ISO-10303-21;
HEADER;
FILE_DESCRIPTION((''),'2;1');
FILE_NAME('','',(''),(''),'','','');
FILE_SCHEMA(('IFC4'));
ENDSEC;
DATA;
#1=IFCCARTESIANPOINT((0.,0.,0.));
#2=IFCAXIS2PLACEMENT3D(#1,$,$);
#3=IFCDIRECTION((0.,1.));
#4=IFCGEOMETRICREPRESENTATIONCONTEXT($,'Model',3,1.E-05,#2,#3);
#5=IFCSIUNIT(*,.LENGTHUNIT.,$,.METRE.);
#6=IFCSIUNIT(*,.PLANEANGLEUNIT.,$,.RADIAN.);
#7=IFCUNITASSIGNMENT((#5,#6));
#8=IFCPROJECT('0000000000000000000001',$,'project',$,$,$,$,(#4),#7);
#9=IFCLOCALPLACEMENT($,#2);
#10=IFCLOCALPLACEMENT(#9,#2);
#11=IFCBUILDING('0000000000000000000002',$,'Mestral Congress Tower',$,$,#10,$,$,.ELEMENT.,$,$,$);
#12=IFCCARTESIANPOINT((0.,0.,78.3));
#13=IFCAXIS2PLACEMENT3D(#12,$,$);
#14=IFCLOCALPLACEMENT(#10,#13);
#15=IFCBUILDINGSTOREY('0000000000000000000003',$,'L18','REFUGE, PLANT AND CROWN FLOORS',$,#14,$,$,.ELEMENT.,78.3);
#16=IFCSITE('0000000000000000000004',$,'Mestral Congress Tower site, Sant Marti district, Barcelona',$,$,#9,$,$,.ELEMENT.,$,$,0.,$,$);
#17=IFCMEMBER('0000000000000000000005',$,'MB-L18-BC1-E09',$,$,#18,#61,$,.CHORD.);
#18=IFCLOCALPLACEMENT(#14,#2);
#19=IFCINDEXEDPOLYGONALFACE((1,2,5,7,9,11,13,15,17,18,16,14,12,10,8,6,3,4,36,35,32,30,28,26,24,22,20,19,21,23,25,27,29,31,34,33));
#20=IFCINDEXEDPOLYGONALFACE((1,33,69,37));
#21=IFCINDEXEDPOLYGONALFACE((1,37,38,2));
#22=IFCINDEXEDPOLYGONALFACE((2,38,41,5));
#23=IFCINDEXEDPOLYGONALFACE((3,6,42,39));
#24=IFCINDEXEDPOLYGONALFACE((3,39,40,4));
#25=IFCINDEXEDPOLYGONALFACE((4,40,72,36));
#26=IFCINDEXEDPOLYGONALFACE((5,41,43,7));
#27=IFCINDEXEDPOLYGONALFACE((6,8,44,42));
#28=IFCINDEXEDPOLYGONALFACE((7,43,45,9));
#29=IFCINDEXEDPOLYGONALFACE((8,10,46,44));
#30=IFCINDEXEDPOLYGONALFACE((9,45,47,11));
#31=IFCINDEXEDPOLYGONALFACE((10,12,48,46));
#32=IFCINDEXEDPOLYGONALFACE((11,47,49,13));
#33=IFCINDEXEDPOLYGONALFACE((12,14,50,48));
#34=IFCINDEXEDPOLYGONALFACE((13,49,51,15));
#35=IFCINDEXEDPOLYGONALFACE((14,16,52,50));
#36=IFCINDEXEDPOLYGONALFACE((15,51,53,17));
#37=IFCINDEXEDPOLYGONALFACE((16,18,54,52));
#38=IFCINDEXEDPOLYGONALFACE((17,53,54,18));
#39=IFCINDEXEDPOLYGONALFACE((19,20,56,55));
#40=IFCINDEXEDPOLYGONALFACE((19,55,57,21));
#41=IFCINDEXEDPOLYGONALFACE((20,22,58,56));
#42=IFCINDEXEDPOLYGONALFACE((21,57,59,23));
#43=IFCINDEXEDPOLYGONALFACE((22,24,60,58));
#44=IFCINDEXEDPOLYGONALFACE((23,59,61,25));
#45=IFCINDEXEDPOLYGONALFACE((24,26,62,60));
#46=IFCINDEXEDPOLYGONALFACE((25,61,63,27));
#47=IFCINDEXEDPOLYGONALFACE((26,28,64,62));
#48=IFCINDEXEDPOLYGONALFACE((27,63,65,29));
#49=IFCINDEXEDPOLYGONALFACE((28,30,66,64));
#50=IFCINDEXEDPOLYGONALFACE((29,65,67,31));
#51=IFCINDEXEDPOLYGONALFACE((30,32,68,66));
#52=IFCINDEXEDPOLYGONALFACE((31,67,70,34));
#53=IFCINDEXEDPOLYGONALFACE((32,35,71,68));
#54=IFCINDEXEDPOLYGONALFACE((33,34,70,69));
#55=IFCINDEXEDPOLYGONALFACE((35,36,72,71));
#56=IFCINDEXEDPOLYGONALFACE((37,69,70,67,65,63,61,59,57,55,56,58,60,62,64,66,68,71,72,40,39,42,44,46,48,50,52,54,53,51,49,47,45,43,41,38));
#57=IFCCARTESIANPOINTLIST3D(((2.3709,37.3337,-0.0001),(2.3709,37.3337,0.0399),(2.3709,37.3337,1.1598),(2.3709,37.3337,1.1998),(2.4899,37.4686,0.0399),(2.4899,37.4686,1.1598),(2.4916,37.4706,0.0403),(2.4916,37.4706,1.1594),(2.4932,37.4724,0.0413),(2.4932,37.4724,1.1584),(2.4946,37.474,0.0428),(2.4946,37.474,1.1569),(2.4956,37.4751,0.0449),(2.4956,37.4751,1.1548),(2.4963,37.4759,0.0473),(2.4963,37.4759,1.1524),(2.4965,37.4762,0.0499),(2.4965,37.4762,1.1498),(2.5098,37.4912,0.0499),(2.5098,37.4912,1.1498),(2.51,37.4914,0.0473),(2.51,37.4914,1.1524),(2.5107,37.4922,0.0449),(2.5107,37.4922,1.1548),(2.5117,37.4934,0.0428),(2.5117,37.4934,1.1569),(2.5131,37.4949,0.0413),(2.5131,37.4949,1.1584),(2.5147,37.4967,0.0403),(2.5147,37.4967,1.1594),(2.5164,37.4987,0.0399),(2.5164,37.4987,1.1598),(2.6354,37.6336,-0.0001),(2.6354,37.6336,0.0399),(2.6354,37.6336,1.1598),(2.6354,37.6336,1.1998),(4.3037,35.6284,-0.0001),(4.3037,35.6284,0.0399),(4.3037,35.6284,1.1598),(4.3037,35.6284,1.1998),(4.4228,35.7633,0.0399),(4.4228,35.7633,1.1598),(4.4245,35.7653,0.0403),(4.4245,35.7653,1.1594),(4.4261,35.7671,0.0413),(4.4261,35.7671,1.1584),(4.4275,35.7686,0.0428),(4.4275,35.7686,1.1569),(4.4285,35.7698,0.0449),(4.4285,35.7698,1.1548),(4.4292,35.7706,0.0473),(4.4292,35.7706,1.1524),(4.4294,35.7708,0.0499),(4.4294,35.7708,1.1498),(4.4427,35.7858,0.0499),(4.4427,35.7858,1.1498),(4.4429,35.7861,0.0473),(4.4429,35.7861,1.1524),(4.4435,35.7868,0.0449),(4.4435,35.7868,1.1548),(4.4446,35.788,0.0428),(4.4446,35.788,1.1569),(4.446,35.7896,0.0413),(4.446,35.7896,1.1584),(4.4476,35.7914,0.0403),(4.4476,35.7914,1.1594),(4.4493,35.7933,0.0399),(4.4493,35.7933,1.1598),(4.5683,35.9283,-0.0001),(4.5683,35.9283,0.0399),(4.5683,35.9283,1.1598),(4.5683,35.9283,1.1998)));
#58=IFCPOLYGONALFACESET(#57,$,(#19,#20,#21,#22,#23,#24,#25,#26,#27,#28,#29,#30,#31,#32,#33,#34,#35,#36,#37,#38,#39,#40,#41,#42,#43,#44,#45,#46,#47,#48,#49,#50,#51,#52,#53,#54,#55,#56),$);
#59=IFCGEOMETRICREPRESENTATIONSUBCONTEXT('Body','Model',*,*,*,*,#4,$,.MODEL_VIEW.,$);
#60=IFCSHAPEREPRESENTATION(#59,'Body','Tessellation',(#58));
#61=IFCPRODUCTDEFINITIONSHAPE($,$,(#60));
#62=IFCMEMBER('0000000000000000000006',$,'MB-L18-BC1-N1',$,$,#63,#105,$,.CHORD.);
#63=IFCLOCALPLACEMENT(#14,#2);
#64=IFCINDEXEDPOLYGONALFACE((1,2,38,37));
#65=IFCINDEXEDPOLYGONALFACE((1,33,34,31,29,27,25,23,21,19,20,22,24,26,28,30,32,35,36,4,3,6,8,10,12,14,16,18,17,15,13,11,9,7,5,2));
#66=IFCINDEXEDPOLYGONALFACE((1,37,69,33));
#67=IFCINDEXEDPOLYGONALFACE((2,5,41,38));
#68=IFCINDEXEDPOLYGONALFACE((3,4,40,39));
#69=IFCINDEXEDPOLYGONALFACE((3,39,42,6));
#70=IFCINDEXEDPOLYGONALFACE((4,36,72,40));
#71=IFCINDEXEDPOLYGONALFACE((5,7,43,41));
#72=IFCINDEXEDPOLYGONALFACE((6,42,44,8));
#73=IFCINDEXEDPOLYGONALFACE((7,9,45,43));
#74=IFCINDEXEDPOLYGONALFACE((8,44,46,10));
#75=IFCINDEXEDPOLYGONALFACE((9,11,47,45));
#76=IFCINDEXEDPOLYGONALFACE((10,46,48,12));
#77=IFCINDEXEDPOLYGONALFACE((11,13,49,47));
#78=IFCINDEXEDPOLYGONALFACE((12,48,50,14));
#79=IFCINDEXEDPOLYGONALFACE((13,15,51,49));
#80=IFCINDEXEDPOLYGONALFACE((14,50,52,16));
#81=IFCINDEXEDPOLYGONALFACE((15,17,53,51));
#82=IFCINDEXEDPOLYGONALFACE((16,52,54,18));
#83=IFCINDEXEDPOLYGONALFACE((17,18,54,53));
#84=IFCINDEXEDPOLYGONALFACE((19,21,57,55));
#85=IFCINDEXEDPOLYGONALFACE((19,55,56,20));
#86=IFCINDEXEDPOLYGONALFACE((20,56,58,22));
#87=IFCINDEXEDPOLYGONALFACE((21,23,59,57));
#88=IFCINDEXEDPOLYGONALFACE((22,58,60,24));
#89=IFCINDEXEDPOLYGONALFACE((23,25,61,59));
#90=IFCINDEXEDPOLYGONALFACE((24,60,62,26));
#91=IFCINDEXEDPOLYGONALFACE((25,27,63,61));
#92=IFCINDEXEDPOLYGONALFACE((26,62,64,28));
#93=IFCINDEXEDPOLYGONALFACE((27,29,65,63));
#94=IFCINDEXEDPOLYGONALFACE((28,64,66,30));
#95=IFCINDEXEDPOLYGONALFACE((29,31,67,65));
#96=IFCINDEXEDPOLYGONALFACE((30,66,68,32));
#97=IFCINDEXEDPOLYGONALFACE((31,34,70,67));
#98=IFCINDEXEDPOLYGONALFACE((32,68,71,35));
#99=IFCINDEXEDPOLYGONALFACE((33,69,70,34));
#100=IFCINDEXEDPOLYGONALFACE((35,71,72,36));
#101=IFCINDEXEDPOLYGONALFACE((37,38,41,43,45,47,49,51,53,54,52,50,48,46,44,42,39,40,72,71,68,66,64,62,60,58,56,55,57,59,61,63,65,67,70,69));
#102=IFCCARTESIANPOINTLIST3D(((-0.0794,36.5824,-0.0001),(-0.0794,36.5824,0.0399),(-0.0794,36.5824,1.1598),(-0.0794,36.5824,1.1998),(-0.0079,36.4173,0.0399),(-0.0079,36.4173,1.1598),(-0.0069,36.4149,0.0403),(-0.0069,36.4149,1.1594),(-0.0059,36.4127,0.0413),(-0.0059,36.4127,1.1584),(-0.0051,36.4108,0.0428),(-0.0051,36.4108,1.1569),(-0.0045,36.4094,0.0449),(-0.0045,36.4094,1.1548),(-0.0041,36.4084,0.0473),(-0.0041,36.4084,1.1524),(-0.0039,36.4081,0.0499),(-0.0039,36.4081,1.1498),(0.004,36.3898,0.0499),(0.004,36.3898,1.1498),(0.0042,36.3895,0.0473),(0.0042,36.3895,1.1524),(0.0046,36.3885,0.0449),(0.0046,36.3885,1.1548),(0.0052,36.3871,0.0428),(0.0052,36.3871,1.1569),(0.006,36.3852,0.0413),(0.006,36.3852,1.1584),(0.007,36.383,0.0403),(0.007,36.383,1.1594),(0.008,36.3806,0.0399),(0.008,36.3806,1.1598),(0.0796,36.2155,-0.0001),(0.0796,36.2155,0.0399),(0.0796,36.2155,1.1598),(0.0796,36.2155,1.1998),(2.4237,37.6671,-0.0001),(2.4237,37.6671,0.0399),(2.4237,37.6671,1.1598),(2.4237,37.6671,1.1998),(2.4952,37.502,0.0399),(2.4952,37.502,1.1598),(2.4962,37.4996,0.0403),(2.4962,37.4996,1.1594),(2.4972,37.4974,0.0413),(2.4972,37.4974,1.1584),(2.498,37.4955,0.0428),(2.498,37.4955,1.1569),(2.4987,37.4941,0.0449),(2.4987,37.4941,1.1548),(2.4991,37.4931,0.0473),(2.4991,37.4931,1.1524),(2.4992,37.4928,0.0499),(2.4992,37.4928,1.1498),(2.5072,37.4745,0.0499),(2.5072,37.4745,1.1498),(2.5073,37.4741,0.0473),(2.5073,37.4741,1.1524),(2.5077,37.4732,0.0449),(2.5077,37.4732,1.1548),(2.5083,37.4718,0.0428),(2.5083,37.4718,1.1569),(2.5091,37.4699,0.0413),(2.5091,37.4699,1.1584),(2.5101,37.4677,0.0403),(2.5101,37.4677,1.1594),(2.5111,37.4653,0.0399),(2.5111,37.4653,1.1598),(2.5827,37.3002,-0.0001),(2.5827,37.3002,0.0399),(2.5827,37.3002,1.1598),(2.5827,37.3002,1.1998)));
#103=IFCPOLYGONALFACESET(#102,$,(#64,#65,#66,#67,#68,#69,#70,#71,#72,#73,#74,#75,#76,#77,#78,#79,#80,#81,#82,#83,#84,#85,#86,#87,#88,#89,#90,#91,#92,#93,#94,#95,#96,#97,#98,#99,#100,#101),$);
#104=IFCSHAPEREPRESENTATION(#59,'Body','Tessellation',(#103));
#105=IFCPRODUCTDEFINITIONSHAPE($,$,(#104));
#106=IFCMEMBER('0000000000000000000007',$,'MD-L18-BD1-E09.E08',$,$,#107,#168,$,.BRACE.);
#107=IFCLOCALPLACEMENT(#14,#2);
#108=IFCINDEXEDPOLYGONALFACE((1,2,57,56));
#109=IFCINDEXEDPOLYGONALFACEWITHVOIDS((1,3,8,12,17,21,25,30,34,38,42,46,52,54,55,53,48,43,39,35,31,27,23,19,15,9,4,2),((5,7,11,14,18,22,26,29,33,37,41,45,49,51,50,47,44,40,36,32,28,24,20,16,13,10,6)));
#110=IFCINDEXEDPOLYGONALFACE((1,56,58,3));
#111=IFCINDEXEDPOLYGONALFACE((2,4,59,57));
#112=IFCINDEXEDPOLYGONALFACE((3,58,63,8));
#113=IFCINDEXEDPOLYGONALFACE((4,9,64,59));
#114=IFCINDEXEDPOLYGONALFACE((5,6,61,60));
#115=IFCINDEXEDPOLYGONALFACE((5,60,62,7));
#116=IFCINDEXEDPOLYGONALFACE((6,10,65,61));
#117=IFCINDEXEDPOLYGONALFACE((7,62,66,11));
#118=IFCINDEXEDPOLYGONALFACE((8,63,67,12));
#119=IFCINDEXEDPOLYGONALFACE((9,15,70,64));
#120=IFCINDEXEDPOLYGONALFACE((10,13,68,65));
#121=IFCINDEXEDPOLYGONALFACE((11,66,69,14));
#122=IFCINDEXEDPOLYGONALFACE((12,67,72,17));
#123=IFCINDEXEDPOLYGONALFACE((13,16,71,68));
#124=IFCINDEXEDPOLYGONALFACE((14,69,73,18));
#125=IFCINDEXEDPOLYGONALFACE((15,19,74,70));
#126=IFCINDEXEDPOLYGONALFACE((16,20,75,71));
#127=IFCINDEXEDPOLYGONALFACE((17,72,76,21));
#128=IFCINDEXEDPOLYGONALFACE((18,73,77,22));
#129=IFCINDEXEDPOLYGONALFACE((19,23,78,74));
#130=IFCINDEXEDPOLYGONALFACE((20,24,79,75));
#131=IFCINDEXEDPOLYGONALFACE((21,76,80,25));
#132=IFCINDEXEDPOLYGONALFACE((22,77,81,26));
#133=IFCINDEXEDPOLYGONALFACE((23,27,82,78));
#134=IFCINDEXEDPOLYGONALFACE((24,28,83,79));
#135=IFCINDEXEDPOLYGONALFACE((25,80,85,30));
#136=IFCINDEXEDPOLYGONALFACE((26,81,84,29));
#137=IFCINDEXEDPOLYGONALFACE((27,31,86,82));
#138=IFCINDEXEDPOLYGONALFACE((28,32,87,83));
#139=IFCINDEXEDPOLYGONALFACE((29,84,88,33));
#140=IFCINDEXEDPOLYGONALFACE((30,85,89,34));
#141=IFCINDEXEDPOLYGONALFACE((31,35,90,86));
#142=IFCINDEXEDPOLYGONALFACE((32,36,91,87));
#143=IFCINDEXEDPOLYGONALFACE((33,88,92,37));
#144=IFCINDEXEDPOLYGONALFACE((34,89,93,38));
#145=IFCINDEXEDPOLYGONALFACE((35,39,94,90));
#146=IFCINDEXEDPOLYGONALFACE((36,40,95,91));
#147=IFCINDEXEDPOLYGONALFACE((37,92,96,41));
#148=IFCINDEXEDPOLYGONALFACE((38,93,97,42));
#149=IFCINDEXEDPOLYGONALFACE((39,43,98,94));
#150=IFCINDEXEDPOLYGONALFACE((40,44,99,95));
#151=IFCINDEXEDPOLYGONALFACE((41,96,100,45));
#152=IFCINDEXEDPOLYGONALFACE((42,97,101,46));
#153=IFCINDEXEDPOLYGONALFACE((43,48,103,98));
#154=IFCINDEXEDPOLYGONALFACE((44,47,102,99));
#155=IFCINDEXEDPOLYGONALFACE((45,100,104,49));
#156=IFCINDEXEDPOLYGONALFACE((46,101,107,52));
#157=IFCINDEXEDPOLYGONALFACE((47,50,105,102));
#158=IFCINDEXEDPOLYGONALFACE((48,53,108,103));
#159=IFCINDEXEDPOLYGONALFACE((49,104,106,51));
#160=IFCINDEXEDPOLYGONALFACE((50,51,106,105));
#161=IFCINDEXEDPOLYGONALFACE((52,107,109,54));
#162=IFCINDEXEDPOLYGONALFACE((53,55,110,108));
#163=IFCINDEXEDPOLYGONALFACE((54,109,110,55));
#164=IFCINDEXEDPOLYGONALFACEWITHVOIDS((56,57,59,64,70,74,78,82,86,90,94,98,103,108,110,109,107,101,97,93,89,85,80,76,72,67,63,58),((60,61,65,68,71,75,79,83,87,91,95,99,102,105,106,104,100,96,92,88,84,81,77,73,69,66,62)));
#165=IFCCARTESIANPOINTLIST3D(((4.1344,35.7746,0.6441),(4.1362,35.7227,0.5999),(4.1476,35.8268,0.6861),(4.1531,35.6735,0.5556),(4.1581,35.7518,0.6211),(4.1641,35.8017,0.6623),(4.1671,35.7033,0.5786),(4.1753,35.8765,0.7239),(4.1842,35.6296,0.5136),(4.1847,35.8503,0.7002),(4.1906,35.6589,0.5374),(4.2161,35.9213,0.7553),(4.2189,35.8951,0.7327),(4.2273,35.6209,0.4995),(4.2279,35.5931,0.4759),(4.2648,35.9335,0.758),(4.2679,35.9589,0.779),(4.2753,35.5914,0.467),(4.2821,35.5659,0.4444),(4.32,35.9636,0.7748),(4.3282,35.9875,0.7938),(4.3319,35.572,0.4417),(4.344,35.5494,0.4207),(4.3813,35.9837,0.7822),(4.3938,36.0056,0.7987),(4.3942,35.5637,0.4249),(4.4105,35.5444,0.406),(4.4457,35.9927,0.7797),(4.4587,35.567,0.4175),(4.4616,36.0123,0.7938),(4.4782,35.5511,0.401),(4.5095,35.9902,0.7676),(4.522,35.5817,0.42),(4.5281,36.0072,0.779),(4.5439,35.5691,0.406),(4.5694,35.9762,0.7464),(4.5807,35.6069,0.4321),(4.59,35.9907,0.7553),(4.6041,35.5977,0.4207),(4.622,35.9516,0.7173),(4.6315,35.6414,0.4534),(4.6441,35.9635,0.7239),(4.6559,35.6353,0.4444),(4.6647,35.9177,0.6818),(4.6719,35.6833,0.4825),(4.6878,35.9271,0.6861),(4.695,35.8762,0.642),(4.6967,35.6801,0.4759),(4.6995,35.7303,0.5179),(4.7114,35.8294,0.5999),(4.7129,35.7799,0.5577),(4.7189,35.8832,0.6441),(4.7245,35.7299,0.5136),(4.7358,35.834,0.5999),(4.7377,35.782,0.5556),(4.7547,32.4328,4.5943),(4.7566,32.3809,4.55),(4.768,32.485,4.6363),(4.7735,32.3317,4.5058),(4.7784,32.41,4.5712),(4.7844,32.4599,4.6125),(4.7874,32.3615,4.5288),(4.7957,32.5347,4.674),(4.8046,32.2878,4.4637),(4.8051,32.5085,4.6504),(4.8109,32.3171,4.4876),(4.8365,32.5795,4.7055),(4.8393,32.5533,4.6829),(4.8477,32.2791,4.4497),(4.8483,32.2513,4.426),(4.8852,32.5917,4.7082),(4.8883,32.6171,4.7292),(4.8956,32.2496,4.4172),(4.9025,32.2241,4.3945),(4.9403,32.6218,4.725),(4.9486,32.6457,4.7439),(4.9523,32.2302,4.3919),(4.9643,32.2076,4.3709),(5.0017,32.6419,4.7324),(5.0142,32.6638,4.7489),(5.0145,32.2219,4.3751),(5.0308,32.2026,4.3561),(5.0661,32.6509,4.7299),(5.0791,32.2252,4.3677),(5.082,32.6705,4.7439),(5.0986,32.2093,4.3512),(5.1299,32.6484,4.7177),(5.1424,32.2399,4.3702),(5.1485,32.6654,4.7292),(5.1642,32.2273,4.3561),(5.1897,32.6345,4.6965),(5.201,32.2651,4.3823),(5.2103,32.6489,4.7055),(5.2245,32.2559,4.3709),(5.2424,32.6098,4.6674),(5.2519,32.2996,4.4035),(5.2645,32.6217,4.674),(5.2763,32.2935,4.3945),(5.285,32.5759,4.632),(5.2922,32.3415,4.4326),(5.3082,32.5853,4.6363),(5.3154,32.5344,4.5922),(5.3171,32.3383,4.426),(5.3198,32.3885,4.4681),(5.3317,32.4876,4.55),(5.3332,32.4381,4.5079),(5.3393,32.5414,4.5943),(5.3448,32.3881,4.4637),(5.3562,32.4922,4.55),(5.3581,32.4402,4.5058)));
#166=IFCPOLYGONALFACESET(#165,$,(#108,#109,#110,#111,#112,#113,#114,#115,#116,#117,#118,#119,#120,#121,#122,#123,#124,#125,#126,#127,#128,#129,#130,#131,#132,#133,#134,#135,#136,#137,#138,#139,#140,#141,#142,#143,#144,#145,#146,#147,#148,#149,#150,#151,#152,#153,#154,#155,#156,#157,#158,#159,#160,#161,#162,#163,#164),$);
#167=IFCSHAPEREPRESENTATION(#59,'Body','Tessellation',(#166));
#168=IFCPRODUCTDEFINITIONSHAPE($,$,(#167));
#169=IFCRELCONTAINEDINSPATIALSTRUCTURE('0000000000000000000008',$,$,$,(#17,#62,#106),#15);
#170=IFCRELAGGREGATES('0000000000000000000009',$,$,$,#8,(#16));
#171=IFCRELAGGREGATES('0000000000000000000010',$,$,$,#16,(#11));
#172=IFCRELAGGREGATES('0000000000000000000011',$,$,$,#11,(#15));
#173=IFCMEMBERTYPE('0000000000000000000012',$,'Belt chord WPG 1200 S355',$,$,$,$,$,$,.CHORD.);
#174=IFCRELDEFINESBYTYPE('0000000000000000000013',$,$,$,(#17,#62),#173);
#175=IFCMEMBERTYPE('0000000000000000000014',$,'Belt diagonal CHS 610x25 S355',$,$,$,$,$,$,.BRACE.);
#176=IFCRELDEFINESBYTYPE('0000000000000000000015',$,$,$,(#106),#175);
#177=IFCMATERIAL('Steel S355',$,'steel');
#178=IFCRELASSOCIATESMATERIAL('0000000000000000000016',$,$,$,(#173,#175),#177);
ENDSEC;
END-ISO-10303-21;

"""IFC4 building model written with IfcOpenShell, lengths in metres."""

from ifc_helpers import new_model, si_unit, direction, frame, origin, origin_2d, place, context, subcontext, project, spatial, hollow_circle, i_section, extrude, material, material_profile, profile_set, type_object, element, save


model = new_model("IFC4")

# Units and contexts
model_context = context("Model", 3, precision=1e-05, world=origin(), true_north=direction((0.0, 1.0)))
body_context = subcontext(model_context, "Body", "Model", "MODEL_VIEW")
ifc_project = project(units=[si_unit("LENGTHUNIT", "METRE"), si_unit("PLANEANGLEUNIT", "RADIAN")], contexts=[model_context])

# Site, building, storey
site_placement = place(None, origin())
site = spatial("IfcSite", under=ifc_project, at=site_placement, Name="Mestral Congress Tower site, Sant Marti district, Barcelona", CompositionType="ELEMENT", RefElevation=0.0)
building_placement = place(site_placement, origin())
building = spatial("IfcBuilding", under=site, at=building_placement, Name="Mestral Congress Tower", CompositionType="ELEMENT")
storey_placement = place(building_placement, frame((0.0, 0.0, 78.3)))
storey = spatial("IfcBuildingStorey", under=building, at=storey_placement, Name="L18", Description="REFUGE, PLANT AND CROWN FLOORS", CompositionType="ELEMENT", Elevation=78.3)

# Members
ifc_material_1 = material(Name="Steel S355", Category="steel")
ifc_material_profile_1 = material_profile(ifc_material_1, i_section(OverallWidth=0.3999, OverallDepth=1.2, WebThickness=0.02, FlangeThickness=0.04, FilletRadius=0.01, at=origin_2d()), Name="WPG 1200")
ifc_profile_set_1 = profile_set([ifc_material_profile_1], Name="Steel S355")
member_type_1 = type_object("IfcMemberType", Name="Belt chord WPG 1200 S355", PredefinedType="CHORD", material=ifc_profile_set_1)
member_1_placement = place(storey_placement, frame((4.436, 35.7783, 0.5999), z_axis=(-0.749865, 0.66159, 0.0), x_axis=(-0.66159, -0.749865, 0.0)))
element("IfcMember", 1, at=member_1_placement, inside=storey, type_object=member_type_1, Name="MB-L18-BC1-E09", PredefinedType="CHORD", context=body_context, shape_type="SweptSolid", body=[
    extrude(i_section(OverallWidth=0.3999, OverallDepth=1.2, WebThickness=0.02, FlangeThickness=0.04, FilletRadius=0.01, at=origin_2d()), origin(), (0.0, 0.0, 1.0), 2.5776),
])
member_2_placement = place(storey_placement, frame((2.5032, 37.4836, 0.5999), z_axis=(-0.917555, -0.39761, 0.0), x_axis=(0.39761, -0.917555, 0.0)))
element("IfcMember", 2, at=member_2_placement, inside=storey, type_object=member_type_1, Name="MB-L18-BC1-N1", PredefinedType="CHORD", context=body_context, shape_type="SweptSolid", body=[
    extrude(i_section(OverallWidth=0.3999, OverallDepth=1.2, WebThickness=0.02, FlangeThickness=0.04, FilletRadius=0.01, at=origin_2d()), origin(), (0.0, 0.0, 1.0), 2.728),
])
ifc_material_profile_2 = material_profile(ifc_material_1, hollow_circle(Radius=0.3049, WallThickness=0.0249, at=origin_2d()), Name="CHS 610x25")
ifc_profile_set_2 = profile_set([ifc_material_profile_2], Name="Steel S355")
member_type_2 = type_object("IfcMemberType", Name="Belt diagonal CHS 610x25 S355", PredefinedType="BRACE", material=ifc_profile_set_2)
member_3_placement = place(storey_placement, frame((4.436, 35.7783, 0.5999), z_axis=(0.119044, -0.641273, 0.758022), x_axis=(0.983202, 0.182519, 0.0)))
element("IfcMember", 3, at=member_3_placement, inside=storey, type_object=member_type_2, Name="MD-L18-BD1-E09.E08", PredefinedType="BRACE", context=body_context, shape_type="SweptSolid", body=[
    extrude(hollow_circle(Radius=0.3049, WallThickness=0.0249, at=origin_2d()), origin(), (0.0, 0.0, 1.0), 5.2112),
])

save(model, "model.ifc")
